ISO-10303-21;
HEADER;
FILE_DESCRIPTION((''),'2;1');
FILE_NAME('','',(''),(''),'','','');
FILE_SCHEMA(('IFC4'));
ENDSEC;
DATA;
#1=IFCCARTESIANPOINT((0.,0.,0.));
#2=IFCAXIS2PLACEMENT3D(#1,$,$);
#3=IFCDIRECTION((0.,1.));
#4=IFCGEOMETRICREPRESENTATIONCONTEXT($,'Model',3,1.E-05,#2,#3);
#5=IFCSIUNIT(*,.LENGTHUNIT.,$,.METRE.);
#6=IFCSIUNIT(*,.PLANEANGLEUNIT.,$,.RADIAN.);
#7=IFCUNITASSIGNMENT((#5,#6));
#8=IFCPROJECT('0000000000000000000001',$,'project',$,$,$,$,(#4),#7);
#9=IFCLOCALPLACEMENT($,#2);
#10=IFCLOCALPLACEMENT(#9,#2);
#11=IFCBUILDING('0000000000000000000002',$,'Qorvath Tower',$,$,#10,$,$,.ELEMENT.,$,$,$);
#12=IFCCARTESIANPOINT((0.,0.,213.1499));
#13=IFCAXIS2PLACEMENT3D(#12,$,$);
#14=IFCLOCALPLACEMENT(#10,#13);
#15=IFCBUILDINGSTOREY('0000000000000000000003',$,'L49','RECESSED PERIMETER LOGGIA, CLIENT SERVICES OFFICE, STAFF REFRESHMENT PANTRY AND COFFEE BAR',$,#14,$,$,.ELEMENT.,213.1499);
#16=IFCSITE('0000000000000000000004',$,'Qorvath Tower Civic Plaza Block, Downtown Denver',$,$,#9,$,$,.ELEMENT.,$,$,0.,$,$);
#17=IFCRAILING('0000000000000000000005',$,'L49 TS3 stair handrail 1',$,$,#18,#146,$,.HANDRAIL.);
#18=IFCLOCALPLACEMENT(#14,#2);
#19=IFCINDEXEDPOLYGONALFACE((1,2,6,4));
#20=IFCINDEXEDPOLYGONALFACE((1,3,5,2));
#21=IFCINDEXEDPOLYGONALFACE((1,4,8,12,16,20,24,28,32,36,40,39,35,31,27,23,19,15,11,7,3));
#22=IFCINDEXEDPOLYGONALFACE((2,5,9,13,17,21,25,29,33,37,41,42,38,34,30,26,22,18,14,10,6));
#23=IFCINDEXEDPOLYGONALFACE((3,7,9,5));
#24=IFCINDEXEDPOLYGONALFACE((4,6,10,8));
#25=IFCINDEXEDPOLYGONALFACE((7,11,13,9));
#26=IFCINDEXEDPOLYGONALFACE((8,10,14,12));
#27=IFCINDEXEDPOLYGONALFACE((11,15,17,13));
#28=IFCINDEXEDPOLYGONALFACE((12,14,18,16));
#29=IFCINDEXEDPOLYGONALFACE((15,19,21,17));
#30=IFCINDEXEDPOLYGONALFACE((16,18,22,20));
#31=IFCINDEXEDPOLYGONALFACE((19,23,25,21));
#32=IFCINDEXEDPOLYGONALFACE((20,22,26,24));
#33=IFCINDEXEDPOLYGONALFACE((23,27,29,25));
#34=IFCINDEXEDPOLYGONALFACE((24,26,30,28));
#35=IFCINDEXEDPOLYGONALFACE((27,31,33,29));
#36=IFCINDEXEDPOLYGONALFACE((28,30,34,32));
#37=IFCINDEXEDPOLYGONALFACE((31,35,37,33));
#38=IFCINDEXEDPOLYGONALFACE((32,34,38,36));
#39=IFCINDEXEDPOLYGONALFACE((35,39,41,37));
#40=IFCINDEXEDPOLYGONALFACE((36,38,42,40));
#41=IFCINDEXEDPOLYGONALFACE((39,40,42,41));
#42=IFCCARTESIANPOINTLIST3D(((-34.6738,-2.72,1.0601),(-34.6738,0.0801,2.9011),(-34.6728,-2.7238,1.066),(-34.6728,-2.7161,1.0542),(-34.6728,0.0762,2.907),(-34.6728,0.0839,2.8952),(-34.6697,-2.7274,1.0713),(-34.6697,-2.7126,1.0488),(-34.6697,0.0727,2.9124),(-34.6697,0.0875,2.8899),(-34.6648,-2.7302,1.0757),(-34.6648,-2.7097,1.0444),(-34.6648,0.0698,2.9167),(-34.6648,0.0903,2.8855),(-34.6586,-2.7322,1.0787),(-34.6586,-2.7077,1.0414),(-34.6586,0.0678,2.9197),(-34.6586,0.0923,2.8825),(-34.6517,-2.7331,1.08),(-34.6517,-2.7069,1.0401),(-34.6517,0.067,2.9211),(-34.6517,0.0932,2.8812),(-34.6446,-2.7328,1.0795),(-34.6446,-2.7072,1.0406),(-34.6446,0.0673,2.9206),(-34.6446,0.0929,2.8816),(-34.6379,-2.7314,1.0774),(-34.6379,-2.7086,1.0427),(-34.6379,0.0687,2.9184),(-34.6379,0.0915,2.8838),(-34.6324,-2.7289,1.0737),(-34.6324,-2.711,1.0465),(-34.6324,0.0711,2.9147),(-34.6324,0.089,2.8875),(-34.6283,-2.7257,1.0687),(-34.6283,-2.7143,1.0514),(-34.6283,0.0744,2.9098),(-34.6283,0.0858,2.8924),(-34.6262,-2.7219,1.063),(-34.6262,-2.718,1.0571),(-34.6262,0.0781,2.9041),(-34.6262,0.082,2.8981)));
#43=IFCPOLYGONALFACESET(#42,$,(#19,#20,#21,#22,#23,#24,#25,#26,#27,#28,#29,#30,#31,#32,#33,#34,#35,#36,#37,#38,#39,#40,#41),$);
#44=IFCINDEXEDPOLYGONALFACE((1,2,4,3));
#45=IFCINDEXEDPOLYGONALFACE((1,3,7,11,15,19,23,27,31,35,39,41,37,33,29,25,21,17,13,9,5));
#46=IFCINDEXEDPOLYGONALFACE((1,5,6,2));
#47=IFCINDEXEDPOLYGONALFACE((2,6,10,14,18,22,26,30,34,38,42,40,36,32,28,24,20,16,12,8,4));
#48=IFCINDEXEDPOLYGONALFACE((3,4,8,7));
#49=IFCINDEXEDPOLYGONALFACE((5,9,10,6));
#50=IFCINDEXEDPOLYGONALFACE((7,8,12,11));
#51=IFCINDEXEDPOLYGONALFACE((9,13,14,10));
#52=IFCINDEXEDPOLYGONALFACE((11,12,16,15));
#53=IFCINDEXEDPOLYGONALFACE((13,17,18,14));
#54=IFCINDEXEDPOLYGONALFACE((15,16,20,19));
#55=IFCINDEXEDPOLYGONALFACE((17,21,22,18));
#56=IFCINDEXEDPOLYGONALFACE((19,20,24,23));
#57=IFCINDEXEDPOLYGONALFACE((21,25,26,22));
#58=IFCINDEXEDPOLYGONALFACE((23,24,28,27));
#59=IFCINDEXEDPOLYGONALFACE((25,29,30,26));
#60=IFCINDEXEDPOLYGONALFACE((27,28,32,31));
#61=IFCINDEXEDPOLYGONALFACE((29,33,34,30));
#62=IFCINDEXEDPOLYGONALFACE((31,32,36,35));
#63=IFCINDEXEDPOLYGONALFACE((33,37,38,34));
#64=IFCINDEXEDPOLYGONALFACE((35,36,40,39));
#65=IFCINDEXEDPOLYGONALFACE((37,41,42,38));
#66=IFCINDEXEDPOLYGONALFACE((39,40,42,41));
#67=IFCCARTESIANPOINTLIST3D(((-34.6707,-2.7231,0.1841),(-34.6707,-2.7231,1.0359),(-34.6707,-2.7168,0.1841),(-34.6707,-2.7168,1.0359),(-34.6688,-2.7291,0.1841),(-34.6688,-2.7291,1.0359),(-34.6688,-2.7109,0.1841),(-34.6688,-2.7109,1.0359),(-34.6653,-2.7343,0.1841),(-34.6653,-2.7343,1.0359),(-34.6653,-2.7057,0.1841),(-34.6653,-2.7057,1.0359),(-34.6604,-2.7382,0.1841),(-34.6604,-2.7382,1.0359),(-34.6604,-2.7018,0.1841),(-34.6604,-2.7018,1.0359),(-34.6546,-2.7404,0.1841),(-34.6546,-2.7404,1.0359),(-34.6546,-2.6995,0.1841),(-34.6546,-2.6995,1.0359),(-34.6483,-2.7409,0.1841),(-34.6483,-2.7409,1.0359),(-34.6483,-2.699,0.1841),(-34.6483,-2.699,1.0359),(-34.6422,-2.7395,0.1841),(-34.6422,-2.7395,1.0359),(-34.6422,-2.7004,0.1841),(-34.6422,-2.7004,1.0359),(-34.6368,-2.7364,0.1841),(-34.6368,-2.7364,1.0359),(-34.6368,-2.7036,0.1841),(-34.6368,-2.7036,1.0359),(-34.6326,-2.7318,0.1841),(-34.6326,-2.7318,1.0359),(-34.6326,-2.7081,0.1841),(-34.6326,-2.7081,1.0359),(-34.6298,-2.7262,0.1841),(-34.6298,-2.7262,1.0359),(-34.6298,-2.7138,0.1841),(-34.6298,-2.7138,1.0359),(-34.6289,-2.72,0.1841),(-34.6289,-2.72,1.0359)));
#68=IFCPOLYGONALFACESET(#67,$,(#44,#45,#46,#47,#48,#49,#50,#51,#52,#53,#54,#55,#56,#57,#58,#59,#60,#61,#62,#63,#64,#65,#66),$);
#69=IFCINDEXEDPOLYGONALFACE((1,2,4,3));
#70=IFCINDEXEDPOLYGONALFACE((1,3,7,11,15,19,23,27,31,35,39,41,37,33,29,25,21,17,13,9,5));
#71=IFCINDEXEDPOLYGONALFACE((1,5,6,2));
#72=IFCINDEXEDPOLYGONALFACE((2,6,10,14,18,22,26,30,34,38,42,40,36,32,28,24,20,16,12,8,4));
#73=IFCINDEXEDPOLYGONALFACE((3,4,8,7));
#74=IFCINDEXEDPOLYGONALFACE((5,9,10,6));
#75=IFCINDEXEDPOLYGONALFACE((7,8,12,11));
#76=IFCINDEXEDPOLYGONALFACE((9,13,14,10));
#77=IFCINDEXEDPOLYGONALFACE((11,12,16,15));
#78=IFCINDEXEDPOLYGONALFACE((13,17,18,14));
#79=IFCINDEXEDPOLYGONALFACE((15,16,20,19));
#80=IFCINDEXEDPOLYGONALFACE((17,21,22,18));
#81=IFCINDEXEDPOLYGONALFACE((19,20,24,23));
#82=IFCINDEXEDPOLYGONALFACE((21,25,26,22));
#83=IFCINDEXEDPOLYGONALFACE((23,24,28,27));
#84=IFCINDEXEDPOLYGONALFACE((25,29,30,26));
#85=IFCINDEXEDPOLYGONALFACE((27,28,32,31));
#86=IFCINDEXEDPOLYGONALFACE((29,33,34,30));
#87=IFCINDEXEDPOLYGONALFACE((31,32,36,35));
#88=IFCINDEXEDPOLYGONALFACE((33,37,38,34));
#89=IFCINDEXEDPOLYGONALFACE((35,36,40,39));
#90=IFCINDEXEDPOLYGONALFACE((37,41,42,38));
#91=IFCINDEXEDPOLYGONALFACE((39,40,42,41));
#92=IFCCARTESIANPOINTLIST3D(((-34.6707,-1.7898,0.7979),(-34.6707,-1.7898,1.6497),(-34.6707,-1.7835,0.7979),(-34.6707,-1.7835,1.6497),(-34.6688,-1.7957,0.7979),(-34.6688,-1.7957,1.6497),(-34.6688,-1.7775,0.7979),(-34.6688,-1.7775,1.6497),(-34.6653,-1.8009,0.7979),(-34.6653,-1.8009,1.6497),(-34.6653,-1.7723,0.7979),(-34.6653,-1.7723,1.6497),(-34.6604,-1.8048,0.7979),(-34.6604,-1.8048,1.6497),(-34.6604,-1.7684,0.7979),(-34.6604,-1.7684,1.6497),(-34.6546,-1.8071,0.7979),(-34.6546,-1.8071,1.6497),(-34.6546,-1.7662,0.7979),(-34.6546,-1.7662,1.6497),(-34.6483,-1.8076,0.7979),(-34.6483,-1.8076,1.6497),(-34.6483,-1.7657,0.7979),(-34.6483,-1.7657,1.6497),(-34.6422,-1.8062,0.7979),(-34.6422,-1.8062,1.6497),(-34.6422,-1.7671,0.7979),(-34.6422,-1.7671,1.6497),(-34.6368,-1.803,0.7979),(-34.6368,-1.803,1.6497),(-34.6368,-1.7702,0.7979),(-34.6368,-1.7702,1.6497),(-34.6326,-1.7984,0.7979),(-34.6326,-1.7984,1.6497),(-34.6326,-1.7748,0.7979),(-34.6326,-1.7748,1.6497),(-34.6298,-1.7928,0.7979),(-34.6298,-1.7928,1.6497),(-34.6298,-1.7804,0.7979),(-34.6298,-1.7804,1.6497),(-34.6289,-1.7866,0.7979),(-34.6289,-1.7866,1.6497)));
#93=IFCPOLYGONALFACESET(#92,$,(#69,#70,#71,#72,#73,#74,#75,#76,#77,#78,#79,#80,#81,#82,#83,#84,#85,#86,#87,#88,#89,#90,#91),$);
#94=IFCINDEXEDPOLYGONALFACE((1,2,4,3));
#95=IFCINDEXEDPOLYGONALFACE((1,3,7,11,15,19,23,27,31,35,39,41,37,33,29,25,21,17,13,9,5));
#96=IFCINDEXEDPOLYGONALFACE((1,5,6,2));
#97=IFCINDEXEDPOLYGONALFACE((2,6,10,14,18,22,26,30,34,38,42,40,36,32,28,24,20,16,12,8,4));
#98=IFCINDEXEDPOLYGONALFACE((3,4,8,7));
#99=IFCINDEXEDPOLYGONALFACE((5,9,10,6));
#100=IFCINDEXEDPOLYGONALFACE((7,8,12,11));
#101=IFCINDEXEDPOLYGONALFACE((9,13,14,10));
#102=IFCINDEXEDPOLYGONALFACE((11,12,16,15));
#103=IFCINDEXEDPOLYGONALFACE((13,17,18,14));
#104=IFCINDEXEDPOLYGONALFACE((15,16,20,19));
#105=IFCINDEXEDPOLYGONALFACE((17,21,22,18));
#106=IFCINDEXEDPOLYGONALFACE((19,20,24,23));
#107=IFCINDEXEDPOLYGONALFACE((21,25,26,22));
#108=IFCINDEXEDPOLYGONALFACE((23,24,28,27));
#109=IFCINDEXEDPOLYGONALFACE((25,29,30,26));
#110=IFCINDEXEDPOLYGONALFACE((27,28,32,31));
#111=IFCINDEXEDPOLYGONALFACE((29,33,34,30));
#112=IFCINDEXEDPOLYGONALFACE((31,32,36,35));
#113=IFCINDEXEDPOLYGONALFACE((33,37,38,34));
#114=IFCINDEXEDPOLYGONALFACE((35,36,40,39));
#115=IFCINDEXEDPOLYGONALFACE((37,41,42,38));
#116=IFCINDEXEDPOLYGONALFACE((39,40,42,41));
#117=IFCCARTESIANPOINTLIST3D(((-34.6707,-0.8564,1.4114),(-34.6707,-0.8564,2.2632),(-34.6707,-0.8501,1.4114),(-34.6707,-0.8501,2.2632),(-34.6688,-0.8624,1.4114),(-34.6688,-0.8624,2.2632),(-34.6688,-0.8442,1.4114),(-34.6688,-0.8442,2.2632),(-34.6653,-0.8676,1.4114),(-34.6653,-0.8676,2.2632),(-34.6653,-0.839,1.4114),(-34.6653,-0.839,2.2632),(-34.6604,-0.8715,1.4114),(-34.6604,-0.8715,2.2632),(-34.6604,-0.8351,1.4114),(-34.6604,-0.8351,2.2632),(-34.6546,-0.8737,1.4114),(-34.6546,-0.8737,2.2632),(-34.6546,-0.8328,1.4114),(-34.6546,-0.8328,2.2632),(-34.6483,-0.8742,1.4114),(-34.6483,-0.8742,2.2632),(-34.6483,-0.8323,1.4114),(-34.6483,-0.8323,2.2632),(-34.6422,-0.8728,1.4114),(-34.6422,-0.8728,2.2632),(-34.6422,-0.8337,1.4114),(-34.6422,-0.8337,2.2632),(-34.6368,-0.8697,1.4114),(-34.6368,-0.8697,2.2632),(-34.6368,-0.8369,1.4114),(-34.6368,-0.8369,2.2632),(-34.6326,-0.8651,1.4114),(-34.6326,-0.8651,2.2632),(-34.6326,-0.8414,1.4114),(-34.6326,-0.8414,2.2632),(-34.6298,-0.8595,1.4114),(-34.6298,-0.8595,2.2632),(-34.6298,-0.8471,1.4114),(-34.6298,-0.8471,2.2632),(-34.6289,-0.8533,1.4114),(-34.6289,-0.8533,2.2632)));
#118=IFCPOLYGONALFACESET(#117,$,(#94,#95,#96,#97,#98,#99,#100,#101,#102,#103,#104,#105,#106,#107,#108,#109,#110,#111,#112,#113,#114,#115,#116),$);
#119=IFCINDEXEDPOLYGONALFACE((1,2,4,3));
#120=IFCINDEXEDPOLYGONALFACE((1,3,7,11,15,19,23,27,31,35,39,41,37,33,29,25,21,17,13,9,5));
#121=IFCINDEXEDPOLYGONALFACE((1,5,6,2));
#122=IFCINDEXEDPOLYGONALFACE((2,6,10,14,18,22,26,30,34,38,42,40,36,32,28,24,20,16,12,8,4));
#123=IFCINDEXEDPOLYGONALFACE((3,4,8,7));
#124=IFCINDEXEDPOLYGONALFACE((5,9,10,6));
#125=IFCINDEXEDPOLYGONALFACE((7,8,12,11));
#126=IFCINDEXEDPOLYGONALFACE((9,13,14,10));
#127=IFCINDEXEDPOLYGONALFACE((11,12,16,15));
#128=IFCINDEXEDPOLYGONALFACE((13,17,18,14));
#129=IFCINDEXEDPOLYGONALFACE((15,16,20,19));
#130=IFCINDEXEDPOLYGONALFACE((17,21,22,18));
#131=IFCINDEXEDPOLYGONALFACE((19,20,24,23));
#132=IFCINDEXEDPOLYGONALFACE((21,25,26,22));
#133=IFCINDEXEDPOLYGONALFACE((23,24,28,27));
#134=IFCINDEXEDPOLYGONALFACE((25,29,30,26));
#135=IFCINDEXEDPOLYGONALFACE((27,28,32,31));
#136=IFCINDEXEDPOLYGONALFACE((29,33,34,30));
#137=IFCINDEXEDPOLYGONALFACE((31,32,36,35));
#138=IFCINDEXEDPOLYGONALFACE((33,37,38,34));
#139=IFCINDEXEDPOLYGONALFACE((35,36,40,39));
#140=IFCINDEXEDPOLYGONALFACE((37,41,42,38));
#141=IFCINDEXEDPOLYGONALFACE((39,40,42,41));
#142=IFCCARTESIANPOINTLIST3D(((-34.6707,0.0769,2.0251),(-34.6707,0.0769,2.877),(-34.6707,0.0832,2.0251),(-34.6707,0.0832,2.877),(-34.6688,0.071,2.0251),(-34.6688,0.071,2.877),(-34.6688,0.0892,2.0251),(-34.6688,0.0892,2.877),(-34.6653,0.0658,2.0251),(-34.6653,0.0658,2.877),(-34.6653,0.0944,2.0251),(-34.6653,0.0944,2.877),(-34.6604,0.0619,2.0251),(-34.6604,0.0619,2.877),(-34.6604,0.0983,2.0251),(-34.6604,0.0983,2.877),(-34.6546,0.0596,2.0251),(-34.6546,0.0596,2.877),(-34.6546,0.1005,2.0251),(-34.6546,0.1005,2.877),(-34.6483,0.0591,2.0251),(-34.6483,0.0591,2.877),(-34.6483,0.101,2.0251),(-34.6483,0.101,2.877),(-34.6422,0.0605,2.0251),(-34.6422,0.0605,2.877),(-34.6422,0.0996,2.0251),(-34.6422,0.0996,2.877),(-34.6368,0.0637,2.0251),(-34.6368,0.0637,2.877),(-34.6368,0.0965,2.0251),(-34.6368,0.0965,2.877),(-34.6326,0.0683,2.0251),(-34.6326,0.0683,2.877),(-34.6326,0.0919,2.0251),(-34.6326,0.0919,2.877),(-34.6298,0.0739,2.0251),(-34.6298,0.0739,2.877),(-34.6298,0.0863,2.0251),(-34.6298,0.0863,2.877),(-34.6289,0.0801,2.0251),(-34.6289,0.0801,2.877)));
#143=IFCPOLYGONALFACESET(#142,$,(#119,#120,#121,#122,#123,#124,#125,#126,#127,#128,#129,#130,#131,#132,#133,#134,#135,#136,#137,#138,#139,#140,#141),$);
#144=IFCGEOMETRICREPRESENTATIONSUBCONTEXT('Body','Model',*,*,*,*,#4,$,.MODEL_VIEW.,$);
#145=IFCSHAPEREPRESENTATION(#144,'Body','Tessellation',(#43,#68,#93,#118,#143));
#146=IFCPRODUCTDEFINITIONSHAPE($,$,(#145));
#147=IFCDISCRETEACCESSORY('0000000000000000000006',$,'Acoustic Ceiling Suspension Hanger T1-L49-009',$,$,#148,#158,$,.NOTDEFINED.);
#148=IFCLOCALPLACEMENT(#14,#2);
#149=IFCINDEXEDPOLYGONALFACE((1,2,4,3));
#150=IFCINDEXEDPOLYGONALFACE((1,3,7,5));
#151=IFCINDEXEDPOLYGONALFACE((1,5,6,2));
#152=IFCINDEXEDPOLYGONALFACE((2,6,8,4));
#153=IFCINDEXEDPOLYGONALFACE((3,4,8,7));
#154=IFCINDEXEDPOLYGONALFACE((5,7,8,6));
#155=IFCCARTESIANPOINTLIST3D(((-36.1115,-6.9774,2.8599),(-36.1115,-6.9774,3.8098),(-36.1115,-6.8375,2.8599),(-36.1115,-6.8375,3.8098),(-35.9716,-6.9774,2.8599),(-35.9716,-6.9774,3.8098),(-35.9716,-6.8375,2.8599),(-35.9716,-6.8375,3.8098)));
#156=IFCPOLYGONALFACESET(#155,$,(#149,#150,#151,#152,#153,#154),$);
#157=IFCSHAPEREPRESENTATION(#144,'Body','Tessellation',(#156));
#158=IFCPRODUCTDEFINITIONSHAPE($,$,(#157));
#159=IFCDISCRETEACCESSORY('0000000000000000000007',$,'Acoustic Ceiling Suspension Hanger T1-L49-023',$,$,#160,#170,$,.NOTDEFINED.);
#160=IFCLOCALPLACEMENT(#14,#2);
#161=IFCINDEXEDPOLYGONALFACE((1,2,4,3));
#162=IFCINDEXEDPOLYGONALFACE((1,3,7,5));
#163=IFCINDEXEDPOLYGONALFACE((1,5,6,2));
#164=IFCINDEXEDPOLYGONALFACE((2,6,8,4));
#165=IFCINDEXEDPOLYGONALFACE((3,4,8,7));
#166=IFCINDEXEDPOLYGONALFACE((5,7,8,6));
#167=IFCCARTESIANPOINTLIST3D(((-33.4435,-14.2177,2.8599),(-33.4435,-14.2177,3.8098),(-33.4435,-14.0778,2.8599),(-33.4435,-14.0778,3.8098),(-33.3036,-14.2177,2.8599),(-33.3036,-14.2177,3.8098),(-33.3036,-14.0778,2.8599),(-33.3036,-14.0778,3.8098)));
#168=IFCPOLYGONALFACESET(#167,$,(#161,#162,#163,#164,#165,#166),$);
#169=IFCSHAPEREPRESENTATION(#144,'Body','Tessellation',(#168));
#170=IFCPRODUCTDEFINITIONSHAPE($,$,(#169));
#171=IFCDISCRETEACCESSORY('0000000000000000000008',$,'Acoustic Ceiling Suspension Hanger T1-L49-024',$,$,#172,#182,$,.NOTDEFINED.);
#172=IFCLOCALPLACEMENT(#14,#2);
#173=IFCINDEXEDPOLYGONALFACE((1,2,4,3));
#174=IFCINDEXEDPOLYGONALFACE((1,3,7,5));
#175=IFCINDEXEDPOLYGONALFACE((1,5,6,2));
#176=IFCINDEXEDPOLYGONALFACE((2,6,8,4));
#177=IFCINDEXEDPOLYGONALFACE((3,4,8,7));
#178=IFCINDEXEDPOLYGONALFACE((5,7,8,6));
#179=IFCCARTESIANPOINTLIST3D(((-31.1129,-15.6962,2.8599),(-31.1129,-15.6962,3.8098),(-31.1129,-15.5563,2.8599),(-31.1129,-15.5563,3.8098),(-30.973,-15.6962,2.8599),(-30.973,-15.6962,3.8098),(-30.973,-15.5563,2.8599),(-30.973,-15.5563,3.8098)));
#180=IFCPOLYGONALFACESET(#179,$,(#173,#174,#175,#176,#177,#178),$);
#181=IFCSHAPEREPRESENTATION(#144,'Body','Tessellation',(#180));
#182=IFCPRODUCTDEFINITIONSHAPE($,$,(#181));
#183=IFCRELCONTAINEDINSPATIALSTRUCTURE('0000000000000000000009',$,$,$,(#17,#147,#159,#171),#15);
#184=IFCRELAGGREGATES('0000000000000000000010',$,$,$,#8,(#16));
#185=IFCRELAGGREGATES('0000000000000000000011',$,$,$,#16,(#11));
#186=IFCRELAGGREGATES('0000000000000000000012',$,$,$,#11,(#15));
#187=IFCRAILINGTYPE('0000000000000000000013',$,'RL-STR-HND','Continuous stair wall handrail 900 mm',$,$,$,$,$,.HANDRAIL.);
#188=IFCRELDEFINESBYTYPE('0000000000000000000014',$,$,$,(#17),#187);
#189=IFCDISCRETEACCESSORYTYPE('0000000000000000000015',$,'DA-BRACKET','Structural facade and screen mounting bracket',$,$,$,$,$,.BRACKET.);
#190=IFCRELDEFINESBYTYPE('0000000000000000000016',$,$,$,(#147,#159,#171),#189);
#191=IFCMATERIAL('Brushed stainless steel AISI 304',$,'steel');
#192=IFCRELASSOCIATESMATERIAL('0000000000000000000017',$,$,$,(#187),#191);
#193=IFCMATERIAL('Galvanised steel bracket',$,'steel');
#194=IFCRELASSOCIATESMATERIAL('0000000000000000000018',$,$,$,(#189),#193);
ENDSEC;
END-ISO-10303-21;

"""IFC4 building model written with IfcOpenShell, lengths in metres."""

from ifc_helpers import new_model, si_unit, direction, frame, origin, origin_2d, place, context, subcontext, project, spatial, rectangle, circle, extrude, material, type_object, element, save


model = new_model("IFC4")

# Units and contexts
model_context = context("Model", 3, precision=1e-05, world=origin(), true_north=direction((0.0, 1.0)))
body_context = subcontext(model_context, "Body", "Model", "MODEL_VIEW")
ifc_project = project(units=[si_unit("LENGTHUNIT", "METRE"), si_unit("PLANEANGLEUNIT", "RADIAN")], contexts=[model_context])

# Site, building, storey
site_placement = place(None, origin())
site = spatial("IfcSite", under=ifc_project, at=site_placement, Name="Qorvath Tower Civic Plaza Block, Downtown Denver", CompositionType="ELEMENT", RefElevation=0.0)
building_placement = place(site_placement, origin())
building = spatial("IfcBuilding", under=site, at=building_placement, Name="Qorvath Tower", CompositionType="ELEMENT")
storey_placement = place(building_placement, frame((0.0, 0.0, 213.1499)))
storey = spatial("IfcBuildingStorey", under=building, at=storey_placement, Name="L49", Description="RECESSED PERIMETER LOGGIA, CLIENT SERVICES OFFICE, STAFF REFRESHMENT PANTRY AND COFFEE BAR", CompositionType="ELEMENT", Elevation=213.1499)

# Railing
ifc_material_1 = material(Name="Brushed stainless steel AISI 304", Category="steel")
railing_type_1 = type_object("IfcRailingType", Name="RL-STR-HND", Description="Continuous stair wall handrail 900 mm", PredefinedType="HANDRAIL", material=ifc_material_1)
railing_1_placement = place(storey_placement, frame((-34.6499, -2.72, 0.1841)))
element("IfcRailing", 1, at=railing_1_placement, inside=storey, type_object=railing_type_1, Name="L49 TS3 stair handrail 1", PredefinedType="HANDRAIL", context=body_context, shape_type="SweptSolid", body=[
    extrude(circle(Radius=0.0239, at=origin_2d()), frame((0.0, 0.0, 0.876), z_axis=(0.0, 0.835564, 0.549393), x_axis=(-1.0, 0.0, 0.0)), (0.0, 0.0, 1.0), 3.3511),
    extrude(circle(Radius=0.021, at=origin_2d()), origin(), (0.0, 0.0, 1.0), 0.8518),
    extrude(circle(Radius=0.021, at=origin_2d()), frame((0.0, 0.9333, 0.6138)), (0.0, 0.0, 1.0), 0.8518),
    extrude(circle(Radius=0.021, at=origin_2d()), frame((0.0, 1.8667, 1.2273)), (0.0, 0.0, 1.0), 0.8518),
    extrude(circle(Radius=0.021, at=origin_2d()), frame((0.0, 2.8, 1.8411)), (0.0, 0.0, 1.0), 0.8518),
])

# Discrete accessories
ifc_material_2 = material(Name="Galvanised steel bracket", Category="steel")
discrete_accessory_type = type_object("IfcDiscreteAccessoryType", Name="DA-BRACKET", Description="Structural facade and screen mounting bracket", PredefinedType="BRACKET", material=ifc_material_2)
for number, where, z_axis, x_axis, name in (
    (2, (-36.0415, -6.9075, 2.8599), (0.0, 0.0, 1.0), (1.0, 0.0, 0.0), "Acoustic Ceiling Suspension Hanger T1-L49-009"),
    (3, (-33.3735, -14.1477, 2.8599), (0.0, 0.0, 1.0), (1.0, 0.0, 0.0), "Acoustic Ceiling Suspension Hanger T1-L49-023"),
    (4, (-31.043, -15.6262, 2.8599), (0.0, 0.0, 1.0), (1.0, 0.0, 0.0), "Acoustic Ceiling Suspension Hanger T1-L49-024"),
):
    element("IfcDiscreteAccessory", number, at=place(storey_placement, frame(where, z_axis=z_axis, x_axis=x_axis)), inside=storey, type_object=discrete_accessory_type, Name=name, PredefinedType="NOTDEFINED", context=body_context, shape_type="SweptSolid", body=[
        extrude(rectangle(XDim=0.1399, YDim=0.1399, at=origin_2d()), origin(), (0.0, 0.0, 1.0), 0.95),
    ])

save(model, "model.ifc")
